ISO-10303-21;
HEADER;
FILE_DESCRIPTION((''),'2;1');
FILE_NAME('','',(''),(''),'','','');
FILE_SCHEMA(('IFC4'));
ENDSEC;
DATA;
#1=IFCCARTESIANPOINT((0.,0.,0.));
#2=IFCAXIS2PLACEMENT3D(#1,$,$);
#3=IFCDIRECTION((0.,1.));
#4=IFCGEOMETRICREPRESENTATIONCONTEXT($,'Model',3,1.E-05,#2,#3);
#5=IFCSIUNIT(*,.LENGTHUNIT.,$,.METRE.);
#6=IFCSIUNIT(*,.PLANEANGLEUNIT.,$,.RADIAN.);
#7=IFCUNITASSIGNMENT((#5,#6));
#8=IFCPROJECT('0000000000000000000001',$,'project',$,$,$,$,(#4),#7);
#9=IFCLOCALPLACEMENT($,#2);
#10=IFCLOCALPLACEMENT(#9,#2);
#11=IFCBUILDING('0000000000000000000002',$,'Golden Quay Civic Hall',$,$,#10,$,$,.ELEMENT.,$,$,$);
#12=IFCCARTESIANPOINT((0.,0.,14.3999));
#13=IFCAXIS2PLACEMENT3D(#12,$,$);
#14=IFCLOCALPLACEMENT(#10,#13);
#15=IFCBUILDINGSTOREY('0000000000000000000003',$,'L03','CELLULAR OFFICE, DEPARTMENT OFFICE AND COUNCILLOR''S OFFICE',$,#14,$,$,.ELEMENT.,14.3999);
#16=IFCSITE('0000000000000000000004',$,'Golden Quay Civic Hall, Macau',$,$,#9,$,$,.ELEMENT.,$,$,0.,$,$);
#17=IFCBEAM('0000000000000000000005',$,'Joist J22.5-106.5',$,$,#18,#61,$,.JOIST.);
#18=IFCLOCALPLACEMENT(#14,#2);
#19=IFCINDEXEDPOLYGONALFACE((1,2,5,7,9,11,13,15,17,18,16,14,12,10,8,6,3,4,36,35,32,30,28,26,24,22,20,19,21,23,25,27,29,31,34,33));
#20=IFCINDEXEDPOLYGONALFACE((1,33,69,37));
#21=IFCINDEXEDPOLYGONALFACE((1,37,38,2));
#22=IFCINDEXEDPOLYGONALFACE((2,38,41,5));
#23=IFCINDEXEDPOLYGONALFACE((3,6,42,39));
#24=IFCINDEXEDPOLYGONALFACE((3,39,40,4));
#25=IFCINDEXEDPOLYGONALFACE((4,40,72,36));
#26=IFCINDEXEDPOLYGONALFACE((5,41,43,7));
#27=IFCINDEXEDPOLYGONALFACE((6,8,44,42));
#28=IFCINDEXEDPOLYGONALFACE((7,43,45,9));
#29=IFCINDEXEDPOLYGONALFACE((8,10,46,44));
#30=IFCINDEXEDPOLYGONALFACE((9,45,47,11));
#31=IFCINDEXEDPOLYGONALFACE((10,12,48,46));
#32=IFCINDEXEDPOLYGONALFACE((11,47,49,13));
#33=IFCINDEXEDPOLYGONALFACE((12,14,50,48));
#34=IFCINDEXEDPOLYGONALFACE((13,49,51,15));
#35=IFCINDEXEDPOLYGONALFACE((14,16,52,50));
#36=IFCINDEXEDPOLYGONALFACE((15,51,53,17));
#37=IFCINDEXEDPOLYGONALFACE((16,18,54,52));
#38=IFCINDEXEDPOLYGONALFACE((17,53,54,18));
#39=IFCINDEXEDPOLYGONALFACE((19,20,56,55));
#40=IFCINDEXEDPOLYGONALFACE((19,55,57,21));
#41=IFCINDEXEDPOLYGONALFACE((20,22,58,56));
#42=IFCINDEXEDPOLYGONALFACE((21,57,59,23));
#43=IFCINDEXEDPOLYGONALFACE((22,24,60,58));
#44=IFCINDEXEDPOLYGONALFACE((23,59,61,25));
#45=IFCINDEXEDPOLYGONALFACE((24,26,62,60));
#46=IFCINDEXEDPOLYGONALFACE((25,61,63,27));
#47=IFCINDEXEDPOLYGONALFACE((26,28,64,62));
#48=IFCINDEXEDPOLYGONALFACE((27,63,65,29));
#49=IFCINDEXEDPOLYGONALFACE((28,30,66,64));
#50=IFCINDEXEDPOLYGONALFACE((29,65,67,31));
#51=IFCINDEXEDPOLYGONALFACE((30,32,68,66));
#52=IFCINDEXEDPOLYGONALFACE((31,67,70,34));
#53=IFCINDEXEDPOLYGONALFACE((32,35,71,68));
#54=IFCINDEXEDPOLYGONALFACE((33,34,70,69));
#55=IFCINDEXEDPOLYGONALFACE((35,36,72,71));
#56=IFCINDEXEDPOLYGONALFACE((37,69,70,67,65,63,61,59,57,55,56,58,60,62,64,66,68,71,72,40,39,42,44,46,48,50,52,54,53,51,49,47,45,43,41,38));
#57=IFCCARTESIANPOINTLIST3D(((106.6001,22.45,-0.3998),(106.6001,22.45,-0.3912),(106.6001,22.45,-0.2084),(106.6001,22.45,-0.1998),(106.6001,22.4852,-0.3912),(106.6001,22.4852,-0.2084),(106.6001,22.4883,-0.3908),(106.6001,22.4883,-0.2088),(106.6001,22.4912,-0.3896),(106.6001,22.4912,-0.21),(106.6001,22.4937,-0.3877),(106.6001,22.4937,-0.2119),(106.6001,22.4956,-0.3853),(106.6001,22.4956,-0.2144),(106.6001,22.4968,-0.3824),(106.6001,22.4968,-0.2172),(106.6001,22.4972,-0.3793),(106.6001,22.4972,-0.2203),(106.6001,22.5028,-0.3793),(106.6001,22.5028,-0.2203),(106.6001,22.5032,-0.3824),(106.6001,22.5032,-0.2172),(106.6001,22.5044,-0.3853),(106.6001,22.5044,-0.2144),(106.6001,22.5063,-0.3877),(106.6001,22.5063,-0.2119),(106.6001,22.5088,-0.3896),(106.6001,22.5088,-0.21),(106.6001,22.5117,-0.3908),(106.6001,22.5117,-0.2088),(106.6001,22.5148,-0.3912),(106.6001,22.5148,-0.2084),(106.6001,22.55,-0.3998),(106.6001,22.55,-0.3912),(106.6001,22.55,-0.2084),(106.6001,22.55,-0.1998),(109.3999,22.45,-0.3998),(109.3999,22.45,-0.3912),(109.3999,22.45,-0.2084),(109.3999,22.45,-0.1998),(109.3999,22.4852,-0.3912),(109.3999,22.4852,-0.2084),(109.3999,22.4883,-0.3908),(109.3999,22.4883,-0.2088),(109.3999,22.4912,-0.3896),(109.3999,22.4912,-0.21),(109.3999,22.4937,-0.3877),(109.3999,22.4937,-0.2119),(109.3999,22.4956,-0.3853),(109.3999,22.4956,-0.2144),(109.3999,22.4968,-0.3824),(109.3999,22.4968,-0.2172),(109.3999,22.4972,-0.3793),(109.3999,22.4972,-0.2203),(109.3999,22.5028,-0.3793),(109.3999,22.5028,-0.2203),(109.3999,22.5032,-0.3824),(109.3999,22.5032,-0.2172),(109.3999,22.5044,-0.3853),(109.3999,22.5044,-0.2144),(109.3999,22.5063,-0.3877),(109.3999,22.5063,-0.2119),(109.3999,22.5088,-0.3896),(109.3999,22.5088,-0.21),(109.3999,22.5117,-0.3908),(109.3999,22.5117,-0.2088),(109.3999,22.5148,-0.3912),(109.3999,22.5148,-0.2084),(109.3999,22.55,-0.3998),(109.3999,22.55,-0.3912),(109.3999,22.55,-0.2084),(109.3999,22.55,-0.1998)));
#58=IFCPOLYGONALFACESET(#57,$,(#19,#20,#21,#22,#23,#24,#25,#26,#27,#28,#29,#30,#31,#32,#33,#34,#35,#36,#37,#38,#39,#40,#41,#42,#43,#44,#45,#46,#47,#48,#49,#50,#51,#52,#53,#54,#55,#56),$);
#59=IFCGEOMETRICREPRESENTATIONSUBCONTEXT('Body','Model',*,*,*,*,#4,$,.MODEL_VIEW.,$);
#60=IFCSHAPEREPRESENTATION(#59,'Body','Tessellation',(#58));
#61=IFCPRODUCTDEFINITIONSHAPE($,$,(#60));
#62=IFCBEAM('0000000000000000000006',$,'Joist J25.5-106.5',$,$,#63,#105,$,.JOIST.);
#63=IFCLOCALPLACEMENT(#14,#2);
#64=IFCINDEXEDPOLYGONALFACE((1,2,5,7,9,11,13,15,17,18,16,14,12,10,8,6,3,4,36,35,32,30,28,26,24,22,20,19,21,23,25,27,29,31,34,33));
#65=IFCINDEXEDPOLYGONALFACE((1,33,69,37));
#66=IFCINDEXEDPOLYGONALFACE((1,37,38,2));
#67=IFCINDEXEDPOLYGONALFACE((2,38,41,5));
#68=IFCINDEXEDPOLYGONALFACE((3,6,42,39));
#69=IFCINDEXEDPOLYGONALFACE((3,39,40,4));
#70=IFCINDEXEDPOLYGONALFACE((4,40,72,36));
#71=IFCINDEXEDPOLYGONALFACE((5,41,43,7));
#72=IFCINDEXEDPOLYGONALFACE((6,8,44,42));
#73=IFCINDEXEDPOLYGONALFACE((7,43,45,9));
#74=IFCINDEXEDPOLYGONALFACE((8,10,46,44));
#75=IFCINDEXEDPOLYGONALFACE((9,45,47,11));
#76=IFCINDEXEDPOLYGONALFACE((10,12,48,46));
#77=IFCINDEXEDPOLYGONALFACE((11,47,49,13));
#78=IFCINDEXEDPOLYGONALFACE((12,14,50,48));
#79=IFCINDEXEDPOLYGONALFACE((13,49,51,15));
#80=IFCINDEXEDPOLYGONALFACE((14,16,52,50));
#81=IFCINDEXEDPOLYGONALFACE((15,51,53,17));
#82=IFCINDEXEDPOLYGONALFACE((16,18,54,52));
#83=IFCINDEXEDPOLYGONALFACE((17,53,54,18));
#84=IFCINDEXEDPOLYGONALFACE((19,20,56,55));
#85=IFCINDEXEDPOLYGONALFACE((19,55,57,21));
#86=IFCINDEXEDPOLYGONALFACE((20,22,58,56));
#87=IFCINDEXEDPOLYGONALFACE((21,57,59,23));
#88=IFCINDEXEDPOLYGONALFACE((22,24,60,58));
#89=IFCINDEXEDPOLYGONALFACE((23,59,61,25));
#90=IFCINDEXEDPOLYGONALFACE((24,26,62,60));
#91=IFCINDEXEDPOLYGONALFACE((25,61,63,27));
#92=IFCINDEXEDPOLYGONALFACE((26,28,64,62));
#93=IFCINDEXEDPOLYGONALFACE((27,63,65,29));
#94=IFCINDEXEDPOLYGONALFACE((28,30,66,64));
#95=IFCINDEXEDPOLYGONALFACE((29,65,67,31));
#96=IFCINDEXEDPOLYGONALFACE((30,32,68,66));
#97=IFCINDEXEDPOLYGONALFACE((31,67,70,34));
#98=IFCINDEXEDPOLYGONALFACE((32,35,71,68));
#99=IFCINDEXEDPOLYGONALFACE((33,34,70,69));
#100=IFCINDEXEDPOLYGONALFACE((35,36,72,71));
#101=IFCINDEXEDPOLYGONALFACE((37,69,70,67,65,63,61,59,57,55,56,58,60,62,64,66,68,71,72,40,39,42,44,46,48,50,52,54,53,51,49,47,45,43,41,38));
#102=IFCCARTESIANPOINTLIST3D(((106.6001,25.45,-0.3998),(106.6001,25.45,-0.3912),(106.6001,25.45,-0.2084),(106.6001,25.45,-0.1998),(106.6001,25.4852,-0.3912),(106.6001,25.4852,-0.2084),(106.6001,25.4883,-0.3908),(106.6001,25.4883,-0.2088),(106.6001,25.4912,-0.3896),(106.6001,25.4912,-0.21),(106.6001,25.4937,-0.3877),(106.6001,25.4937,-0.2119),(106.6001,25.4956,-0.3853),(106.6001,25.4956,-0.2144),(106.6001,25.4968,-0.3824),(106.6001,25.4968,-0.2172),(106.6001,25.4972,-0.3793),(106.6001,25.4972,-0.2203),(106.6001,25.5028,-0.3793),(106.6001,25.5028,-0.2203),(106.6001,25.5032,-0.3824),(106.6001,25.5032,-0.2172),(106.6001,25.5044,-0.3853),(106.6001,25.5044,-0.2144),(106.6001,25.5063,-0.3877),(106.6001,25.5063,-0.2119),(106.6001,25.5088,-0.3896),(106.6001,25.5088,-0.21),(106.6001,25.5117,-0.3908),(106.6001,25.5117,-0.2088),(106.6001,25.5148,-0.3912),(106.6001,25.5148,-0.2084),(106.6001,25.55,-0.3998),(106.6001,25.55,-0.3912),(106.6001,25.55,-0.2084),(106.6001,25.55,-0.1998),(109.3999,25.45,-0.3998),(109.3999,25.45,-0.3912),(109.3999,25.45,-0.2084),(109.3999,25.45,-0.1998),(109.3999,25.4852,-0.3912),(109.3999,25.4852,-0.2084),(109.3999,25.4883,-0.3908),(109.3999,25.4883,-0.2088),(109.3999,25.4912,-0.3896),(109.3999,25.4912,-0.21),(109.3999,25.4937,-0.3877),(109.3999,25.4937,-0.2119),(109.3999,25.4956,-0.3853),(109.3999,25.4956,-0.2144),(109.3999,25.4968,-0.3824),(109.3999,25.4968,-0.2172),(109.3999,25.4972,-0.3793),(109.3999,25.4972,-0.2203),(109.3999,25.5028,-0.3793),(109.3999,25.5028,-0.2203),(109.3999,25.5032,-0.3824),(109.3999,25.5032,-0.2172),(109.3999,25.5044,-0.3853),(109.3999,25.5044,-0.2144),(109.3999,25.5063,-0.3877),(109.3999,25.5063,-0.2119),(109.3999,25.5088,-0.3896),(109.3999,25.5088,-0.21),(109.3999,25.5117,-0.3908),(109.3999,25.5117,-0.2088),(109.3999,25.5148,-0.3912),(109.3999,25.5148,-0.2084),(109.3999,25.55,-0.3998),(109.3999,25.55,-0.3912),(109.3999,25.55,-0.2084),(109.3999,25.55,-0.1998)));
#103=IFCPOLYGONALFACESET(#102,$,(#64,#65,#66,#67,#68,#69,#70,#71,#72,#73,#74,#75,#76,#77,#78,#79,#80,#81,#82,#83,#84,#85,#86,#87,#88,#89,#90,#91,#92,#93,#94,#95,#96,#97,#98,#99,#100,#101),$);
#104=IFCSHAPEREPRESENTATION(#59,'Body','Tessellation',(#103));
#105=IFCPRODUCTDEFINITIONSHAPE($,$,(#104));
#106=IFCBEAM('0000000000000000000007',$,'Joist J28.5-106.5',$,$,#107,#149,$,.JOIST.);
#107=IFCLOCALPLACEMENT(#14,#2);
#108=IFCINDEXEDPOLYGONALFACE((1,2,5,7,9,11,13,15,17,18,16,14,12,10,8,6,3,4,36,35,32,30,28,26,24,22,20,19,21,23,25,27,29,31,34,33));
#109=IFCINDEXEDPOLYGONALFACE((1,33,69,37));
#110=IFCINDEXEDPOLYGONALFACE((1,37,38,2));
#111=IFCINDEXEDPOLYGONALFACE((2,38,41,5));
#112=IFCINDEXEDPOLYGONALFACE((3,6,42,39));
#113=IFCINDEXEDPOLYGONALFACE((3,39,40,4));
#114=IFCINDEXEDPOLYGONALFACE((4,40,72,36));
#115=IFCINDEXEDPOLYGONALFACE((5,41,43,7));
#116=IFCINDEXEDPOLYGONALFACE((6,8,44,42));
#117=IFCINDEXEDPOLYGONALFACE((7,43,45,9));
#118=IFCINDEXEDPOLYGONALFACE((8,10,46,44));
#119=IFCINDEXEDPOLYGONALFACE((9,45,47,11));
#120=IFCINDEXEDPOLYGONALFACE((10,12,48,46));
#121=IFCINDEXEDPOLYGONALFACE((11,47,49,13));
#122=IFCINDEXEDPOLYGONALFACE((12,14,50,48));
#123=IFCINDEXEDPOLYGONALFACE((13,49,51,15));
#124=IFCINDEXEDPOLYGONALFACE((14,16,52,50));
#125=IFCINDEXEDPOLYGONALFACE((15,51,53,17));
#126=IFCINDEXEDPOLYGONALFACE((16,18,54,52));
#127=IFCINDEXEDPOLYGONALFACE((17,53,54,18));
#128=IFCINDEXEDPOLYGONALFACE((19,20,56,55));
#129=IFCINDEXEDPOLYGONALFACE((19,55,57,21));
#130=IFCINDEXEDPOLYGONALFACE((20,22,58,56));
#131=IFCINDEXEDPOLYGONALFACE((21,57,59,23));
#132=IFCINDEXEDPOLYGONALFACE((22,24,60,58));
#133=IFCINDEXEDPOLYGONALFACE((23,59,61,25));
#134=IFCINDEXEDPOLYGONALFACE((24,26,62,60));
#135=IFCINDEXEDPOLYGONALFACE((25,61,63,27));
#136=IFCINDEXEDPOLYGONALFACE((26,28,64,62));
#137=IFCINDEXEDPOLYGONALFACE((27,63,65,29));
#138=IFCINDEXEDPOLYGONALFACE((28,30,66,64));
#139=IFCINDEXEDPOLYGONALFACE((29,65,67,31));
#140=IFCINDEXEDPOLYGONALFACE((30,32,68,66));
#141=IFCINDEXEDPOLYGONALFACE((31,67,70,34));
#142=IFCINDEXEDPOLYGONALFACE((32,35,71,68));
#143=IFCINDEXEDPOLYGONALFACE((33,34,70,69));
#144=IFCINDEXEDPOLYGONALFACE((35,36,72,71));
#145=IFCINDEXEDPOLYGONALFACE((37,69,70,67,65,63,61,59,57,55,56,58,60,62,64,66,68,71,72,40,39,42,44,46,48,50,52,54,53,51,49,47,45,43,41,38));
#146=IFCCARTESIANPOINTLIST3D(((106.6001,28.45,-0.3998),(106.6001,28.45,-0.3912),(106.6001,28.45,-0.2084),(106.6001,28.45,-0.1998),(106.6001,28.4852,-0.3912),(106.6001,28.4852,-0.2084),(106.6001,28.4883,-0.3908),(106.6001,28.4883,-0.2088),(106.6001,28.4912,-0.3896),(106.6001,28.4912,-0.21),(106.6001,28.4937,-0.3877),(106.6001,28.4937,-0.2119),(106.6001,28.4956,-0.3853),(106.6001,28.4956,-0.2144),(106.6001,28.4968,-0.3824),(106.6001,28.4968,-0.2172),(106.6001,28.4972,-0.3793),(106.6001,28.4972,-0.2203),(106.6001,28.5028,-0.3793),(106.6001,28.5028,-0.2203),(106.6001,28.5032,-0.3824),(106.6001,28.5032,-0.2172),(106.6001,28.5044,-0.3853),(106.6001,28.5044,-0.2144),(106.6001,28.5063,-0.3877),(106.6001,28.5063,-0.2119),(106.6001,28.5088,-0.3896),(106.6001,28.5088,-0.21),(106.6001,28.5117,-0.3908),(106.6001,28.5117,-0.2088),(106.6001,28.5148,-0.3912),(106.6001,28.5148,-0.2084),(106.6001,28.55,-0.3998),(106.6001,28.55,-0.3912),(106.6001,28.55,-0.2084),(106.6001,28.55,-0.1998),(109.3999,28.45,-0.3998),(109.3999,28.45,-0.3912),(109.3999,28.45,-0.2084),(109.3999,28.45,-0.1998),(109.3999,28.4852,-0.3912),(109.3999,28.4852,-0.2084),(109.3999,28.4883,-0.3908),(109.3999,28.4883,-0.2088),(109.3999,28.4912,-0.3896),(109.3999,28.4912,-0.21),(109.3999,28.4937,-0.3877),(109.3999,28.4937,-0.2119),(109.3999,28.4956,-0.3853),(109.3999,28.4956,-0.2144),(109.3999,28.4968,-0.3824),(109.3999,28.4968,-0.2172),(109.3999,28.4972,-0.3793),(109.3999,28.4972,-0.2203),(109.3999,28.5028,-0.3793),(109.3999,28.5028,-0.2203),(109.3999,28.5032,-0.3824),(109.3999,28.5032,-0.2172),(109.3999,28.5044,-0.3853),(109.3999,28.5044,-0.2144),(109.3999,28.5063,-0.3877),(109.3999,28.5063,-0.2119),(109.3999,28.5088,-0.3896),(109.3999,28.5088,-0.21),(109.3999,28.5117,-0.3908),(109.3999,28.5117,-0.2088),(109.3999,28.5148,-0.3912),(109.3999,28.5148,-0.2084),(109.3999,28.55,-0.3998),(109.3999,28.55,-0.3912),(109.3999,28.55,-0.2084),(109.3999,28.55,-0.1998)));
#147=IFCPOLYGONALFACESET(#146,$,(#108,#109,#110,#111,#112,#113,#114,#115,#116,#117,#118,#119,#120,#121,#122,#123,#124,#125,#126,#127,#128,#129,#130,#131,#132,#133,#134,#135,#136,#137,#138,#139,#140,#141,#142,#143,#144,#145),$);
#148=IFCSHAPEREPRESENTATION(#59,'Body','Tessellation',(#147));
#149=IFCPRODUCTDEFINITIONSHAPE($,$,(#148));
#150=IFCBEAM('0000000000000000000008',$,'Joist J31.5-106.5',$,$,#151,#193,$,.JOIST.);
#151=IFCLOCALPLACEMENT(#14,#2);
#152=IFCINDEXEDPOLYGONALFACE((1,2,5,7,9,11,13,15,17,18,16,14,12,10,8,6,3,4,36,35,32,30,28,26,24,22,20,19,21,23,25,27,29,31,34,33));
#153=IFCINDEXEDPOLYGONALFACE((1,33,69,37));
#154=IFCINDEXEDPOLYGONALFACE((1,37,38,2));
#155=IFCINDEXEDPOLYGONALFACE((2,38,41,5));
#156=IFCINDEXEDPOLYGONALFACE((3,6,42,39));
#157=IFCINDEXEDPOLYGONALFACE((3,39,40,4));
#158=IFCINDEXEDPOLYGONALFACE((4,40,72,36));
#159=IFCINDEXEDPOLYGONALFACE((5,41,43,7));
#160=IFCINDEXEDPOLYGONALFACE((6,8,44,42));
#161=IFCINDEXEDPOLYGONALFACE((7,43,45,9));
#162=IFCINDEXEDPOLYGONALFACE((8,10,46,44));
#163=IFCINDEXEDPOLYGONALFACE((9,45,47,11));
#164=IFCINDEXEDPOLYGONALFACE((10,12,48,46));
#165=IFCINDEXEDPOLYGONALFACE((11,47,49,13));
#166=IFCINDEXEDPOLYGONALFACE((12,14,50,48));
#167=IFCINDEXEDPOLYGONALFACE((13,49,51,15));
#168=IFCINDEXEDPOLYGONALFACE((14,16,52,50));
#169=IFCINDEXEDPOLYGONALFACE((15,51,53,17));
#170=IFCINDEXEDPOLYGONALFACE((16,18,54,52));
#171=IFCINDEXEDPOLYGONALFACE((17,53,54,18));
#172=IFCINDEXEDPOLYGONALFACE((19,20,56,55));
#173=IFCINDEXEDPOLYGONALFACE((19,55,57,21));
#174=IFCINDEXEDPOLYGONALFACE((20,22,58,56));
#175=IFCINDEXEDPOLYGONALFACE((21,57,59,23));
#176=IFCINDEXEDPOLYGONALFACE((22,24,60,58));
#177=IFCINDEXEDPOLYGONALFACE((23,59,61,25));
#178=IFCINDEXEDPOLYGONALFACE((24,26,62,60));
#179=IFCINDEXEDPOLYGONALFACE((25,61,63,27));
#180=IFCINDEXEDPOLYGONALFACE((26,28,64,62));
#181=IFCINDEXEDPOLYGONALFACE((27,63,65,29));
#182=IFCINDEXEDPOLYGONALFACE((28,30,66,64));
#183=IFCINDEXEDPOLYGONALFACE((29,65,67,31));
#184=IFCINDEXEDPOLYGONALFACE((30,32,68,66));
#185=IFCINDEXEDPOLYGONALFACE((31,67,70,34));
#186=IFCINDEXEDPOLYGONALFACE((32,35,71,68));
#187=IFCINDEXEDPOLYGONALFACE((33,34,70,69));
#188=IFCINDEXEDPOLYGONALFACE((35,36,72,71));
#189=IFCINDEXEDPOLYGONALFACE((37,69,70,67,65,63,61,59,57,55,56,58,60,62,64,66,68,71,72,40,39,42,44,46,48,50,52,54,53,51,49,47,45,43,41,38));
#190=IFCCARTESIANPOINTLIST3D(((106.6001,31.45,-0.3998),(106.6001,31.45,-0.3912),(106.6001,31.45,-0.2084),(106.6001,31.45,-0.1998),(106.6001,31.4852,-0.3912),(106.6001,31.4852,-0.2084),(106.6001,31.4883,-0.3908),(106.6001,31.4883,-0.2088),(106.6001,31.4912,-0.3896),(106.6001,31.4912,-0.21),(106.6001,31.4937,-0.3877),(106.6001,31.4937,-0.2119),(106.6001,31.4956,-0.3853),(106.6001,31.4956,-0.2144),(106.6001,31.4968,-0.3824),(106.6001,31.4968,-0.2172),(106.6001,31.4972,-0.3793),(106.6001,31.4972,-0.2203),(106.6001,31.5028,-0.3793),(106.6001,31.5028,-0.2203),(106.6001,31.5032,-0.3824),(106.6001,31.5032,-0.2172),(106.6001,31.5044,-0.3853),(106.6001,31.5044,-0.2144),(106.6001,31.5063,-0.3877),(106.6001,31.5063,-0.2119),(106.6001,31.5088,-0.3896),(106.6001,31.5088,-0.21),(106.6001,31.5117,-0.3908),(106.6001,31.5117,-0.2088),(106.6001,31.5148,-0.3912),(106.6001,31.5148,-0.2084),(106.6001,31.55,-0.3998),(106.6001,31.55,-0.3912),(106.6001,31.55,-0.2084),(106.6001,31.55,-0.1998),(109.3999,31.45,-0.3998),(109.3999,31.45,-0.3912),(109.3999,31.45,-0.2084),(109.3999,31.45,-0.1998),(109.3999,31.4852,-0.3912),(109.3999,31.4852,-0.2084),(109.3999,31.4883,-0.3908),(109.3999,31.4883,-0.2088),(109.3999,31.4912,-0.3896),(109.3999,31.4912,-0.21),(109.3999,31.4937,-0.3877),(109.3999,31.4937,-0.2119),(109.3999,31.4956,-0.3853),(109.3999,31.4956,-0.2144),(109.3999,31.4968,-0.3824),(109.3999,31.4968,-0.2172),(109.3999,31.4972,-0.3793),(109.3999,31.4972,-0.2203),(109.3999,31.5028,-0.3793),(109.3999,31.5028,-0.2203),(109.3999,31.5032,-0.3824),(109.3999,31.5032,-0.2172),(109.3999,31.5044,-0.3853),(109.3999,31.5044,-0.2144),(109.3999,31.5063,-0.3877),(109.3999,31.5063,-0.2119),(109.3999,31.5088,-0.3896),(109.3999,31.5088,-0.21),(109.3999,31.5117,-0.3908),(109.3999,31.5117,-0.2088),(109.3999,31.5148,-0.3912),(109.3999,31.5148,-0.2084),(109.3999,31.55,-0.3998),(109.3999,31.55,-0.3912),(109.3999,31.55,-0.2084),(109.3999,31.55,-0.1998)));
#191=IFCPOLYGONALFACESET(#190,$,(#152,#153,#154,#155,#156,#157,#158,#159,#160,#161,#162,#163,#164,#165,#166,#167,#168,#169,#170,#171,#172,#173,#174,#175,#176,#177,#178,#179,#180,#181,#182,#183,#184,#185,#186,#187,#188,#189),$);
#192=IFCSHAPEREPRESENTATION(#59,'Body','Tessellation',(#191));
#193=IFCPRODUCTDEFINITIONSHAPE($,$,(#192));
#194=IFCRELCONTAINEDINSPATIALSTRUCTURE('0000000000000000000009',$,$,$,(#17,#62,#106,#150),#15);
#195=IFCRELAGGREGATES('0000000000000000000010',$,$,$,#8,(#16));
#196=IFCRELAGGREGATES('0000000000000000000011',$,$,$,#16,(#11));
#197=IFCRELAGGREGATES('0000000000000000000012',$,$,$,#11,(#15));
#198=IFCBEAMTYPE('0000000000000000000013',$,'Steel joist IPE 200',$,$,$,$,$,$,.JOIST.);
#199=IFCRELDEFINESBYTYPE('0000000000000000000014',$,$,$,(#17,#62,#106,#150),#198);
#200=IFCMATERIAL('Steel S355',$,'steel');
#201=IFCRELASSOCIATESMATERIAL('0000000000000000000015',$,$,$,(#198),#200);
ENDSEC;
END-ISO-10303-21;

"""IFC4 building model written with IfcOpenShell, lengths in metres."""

from ifc_helpers import new_model, si_unit, direction, frame, origin, origin_2d, place, context, subcontext, project, spatial, i_section, extrude, material, material_profile, profile_set, type_object, element, save


model = new_model("IFC4")

# Units and contexts
model_context = context("Model", 3, precision=1e-05, world=origin(), true_north=direction((0.0, 1.0)))
body_context = subcontext(model_context, "Body", "Model", "MODEL_VIEW")
ifc_project = project(units=[si_unit("LENGTHUNIT", "METRE"), si_unit("PLANEANGLEUNIT", "RADIAN")], contexts=[model_context])

# Site, building, storey
site_placement = place(None, origin())
site = spatial("IfcSite", under=ifc_project, at=site_placement, Name="Golden Quay Civic Hall, Macau", CompositionType="ELEMENT", RefElevation=0.0)
building_placement = place(site_placement, origin())
building = spatial("IfcBuilding", under=site, at=building_placement, Name="Golden Quay Civic Hall", CompositionType="ELEMENT")
storey_placement = place(building_placement, frame((0.0, 0.0, 14.3999)))
storey = spatial("IfcBuildingStorey", under=building, at=storey_placement, Name="L03", Description="CELLULAR OFFICE, DEPARTMENT OFFICE AND COUNCILLOR'S OFFICE", CompositionType="ELEMENT", Elevation=14.3999)

# Beams
ifc_material_1 = material(Name="Steel S355", Category="steel")
ifc_material_profile_1 = material_profile(ifc_material_1, i_section(OverallWidth=0.1001, OverallDepth=0.2, WebThickness=0.0056, FlangeThickness=0.0085, FilletRadius=0.012, at=origin_2d()), Name="IPE 200")
ifc_profile_set_1 = profile_set([ifc_material_profile_1], Name="Steel S355")
beam_type_1 = type_object("IfcBeamType", Name="Steel joist IPE 200", PredefinedType="JOIST", material=ifc_profile_set_1)
for number, where, z_axis, x_axis, name in (
    (1, (106.6001, 22.5, -0.2998), (1.0, 0.0, 0.0), (0.0, 1.0, 0.0), "Joist J22.5-106.5"),
    (2, (106.6001, 25.5, -0.2998), (1.0, 0.0, 0.0), (0.0, 1.0, 0.0), "Joist J25.5-106.5"),
    (3, (106.6001, 28.5, -0.2998), (1.0, 0.0, 0.0), (0.0, 1.0, 0.0), "Joist J28.5-106.5"),
    (4, (106.6001, 31.5, -0.2998), (1.0, 0.0, 0.0), (0.0, 1.0, 0.0), "Joist J31.5-106.5"),
):
    element("IfcBeam", number, at=place(storey_placement, frame(where, z_axis=z_axis, x_axis=x_axis)), inside=storey, type_object=beam_type_1, Name=name, PredefinedType="JOIST", context=body_context, shape_type="SweptSolid", body=[
        extrude(i_section(OverallWidth=0.1001, OverallDepth=0.2, WebThickness=0.0056, FlangeThickness=0.0085, FilletRadius=0.012, at=origin_2d()), origin(), (0.0, 0.0, 1.0), 2.7998),
    ])

save(model, "model.ifc")
